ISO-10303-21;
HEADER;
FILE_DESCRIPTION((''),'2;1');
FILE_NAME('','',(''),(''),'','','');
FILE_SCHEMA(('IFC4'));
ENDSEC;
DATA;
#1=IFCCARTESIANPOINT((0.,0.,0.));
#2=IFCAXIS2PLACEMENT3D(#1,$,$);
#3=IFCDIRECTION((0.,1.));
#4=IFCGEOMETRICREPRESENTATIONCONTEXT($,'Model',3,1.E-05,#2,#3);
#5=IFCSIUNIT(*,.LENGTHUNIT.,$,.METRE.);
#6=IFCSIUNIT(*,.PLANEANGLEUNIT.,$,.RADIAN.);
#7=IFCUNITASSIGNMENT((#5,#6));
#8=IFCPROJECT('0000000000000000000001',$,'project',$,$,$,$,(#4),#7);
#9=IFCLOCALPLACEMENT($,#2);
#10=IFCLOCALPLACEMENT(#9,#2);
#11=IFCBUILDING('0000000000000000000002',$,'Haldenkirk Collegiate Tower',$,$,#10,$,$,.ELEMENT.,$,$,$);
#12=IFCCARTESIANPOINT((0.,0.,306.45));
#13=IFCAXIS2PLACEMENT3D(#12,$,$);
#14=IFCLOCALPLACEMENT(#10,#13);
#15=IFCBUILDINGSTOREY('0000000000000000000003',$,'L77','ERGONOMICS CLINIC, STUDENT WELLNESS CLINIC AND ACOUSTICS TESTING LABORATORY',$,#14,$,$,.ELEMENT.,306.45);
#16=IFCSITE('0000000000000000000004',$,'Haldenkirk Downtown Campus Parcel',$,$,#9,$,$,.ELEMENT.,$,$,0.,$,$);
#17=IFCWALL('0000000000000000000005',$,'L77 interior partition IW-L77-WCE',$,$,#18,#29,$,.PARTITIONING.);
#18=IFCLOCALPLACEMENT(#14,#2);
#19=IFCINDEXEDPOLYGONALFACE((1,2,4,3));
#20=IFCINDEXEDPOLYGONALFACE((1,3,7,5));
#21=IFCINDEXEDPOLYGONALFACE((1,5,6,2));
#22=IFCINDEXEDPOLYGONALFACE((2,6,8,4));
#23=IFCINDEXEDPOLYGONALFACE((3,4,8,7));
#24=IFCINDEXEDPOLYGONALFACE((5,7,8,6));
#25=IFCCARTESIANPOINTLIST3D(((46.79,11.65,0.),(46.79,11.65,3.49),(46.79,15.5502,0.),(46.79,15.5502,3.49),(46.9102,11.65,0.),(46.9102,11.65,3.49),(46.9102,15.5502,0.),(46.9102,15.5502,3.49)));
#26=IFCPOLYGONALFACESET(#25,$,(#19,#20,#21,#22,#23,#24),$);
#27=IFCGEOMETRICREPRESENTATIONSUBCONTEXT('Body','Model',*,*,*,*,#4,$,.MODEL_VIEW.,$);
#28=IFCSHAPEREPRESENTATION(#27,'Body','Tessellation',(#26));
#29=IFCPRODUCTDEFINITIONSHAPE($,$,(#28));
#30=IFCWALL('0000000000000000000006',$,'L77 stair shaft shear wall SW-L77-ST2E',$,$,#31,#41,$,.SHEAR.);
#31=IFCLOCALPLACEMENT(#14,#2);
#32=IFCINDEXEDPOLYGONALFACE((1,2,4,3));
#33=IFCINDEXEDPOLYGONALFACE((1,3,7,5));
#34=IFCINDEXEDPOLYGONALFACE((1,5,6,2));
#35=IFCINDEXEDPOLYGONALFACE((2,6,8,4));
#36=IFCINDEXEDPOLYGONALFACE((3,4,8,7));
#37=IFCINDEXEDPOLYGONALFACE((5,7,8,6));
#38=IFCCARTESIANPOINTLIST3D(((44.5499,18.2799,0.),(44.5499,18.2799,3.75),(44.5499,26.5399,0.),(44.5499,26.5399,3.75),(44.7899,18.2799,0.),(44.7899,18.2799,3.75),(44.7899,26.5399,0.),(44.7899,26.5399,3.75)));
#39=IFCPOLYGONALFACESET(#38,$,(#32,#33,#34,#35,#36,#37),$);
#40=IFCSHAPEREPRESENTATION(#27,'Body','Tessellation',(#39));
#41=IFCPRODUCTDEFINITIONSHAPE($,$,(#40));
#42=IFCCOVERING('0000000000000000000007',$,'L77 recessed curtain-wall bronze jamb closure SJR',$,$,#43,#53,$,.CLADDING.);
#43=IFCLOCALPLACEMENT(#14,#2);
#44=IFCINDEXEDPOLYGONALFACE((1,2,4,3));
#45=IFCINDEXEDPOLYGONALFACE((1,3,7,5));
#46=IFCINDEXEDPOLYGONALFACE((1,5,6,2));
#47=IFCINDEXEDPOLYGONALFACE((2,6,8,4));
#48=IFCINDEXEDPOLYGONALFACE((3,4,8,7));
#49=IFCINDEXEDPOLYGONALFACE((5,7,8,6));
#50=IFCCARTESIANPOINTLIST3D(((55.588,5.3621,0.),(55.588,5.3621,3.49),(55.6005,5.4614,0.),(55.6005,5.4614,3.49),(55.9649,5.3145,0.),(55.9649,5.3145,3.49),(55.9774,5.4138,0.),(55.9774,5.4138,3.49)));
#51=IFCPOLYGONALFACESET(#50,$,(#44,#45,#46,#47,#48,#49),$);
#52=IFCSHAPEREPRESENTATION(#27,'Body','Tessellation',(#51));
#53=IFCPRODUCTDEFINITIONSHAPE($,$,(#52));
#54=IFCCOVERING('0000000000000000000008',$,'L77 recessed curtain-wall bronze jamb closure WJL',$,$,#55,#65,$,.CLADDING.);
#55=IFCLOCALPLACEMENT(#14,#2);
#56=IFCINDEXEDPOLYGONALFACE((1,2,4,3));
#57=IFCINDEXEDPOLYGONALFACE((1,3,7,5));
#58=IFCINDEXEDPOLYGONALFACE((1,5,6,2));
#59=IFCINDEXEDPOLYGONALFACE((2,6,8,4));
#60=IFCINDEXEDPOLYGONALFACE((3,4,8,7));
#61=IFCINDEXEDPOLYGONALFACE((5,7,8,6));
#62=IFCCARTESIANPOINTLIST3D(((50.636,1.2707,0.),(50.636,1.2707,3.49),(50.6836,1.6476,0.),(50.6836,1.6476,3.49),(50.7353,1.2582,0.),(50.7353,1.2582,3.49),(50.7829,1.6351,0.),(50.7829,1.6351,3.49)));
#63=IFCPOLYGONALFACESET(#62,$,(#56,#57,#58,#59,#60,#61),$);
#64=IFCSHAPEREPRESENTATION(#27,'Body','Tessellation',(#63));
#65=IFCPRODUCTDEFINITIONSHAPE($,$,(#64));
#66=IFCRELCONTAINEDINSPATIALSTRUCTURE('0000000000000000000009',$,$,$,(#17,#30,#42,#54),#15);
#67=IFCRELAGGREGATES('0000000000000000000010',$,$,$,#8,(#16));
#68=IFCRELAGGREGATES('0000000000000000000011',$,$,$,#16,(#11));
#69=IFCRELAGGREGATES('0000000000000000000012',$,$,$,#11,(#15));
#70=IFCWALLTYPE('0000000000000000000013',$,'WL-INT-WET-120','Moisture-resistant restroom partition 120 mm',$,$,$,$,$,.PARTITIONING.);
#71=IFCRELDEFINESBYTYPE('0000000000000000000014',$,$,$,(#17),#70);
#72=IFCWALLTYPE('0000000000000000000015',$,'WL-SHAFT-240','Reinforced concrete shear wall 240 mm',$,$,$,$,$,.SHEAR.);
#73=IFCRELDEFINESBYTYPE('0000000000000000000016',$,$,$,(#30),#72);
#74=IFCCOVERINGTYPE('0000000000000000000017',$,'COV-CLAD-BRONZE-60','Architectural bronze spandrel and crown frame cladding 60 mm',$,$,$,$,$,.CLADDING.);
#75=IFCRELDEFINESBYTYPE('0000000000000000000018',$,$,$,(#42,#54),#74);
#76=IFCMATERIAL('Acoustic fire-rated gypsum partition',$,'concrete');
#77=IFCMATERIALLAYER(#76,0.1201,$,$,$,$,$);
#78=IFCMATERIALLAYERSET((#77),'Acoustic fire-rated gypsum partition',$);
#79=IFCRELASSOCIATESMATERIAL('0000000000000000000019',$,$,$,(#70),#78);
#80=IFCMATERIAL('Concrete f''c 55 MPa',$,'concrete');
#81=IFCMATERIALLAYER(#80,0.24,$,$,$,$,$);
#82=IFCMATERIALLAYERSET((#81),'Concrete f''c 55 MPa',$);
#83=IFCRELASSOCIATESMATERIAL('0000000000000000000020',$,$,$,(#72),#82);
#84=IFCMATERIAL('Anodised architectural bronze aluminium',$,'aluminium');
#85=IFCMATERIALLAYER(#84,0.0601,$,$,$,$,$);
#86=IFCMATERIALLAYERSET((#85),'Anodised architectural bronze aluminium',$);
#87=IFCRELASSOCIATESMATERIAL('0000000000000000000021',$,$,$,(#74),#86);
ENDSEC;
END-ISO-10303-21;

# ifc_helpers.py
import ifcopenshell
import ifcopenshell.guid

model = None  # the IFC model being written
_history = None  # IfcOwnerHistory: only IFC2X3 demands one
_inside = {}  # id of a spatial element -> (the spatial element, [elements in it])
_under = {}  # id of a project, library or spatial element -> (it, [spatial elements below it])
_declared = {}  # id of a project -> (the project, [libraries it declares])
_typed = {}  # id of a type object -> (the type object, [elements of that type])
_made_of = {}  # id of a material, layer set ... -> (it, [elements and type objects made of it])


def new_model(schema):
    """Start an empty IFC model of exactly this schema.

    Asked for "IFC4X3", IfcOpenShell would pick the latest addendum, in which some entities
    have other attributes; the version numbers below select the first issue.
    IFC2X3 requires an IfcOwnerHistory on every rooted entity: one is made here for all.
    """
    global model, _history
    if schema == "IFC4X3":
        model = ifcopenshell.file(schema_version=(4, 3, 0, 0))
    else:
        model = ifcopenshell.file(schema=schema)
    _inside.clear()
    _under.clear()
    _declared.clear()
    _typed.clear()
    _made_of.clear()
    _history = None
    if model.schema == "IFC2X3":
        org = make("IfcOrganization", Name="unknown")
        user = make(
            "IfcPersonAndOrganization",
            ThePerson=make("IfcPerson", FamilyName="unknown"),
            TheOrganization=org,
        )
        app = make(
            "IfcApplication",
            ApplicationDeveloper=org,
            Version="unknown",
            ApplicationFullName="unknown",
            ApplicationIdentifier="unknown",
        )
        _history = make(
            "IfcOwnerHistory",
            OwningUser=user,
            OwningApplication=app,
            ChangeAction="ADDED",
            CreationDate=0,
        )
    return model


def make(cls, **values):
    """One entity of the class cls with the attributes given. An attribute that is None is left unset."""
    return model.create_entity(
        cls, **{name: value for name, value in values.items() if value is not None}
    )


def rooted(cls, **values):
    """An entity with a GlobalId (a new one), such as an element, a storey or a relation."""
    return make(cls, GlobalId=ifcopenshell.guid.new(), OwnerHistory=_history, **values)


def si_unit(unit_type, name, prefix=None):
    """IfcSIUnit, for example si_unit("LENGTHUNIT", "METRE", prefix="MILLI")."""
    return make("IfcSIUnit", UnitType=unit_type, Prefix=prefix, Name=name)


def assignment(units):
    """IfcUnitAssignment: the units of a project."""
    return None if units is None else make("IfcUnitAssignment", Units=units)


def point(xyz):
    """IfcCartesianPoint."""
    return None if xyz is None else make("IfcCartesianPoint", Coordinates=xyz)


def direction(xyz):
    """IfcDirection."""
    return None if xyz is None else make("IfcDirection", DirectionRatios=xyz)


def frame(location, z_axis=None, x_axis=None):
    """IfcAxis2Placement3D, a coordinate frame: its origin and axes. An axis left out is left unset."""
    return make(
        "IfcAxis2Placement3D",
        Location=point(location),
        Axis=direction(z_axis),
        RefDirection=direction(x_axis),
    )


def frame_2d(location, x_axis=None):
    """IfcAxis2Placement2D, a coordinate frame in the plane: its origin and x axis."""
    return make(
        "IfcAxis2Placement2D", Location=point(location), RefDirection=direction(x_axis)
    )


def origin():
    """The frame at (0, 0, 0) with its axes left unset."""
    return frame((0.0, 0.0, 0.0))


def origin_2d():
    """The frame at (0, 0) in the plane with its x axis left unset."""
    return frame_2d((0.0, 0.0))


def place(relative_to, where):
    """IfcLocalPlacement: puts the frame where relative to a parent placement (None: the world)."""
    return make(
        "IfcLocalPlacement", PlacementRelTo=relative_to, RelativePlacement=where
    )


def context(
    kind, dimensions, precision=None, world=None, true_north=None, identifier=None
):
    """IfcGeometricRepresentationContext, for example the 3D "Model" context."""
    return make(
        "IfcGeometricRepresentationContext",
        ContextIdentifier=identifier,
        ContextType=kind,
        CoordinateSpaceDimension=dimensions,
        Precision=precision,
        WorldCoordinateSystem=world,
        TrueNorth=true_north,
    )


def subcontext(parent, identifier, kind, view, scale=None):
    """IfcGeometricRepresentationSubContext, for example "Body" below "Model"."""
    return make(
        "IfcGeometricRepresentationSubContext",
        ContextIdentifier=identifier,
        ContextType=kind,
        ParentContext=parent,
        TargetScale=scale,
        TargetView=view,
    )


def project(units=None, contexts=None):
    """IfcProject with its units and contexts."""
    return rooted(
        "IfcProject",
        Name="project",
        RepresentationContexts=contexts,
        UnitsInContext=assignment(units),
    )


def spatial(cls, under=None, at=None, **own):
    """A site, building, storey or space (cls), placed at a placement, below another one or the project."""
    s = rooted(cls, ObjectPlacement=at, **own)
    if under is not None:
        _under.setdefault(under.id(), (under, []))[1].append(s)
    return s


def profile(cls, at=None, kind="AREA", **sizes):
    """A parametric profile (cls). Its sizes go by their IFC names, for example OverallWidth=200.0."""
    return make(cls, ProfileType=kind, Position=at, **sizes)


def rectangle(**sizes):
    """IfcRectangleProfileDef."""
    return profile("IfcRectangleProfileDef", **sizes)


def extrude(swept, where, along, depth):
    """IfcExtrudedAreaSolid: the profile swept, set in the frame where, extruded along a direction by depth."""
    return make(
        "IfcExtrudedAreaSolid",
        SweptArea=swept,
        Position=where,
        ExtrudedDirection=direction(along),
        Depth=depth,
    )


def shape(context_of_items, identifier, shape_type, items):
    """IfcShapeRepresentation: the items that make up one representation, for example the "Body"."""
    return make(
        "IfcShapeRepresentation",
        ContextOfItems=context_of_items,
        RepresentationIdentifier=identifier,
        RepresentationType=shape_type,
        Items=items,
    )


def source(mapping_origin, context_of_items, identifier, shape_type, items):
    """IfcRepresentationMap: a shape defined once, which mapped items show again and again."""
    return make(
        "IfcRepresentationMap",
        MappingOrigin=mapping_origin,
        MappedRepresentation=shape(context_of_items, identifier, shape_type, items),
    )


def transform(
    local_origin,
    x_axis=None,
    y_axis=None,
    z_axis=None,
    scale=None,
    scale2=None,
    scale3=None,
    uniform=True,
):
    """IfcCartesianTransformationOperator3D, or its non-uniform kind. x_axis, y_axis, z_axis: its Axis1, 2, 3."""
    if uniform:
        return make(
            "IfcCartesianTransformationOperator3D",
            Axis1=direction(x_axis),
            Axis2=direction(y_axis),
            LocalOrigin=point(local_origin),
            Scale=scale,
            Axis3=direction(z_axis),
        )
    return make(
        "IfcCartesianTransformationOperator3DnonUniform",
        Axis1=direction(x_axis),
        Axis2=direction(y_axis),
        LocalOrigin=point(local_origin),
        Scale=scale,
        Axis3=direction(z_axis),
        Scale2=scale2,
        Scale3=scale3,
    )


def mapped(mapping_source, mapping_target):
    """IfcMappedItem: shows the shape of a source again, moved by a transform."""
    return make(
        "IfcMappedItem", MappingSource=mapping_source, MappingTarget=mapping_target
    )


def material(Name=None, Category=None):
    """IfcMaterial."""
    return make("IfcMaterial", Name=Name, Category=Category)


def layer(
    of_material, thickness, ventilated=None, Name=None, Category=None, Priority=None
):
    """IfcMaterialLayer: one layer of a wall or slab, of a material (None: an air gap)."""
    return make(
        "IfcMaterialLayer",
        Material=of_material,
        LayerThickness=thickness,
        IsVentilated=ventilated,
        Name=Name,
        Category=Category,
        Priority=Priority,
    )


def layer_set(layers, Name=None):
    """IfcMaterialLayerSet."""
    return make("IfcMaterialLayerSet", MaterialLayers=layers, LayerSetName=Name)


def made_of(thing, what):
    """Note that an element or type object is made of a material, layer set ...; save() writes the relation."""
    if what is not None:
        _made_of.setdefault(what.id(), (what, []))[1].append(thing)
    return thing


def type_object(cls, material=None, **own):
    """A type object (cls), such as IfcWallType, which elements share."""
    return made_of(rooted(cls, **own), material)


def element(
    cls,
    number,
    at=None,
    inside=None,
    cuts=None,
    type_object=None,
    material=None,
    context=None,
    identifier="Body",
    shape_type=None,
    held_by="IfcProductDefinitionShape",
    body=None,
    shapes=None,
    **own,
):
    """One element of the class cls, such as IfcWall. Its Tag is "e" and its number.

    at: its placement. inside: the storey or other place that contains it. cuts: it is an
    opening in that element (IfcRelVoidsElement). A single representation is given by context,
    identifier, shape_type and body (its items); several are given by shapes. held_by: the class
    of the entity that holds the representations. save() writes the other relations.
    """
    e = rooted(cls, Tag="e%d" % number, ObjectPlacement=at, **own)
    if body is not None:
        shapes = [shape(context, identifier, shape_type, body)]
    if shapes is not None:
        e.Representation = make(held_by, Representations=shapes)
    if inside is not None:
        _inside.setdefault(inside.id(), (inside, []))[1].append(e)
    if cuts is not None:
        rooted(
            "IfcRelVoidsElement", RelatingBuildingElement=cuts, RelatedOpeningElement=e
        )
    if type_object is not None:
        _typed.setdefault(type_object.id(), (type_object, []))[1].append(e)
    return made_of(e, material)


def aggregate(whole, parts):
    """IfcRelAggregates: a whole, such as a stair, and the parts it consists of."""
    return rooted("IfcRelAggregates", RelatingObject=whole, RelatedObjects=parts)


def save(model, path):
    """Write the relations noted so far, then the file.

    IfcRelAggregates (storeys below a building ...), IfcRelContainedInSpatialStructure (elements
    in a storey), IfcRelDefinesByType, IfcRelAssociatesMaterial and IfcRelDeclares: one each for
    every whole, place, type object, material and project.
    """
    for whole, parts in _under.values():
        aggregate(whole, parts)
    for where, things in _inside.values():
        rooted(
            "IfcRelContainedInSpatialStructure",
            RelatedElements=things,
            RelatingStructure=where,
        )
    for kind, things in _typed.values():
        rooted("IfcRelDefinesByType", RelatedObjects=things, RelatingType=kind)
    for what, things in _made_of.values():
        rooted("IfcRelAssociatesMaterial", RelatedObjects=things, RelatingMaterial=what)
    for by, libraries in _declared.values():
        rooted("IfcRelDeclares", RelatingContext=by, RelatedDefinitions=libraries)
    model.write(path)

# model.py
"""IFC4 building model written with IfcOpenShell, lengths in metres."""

from ifc_helpers import new_model, si_unit, direction, frame, frame_2d, origin, origin_2d, place, context, subcontext, project, spatial, rectangle, extrude, source, transform, mapped, material, layer, layer_set, type_object, element, save


model = new_model("IFC4")

# Units and contexts
model_context = context("Model", 3, precision=1e-05, world=origin(), true_north=direction((0.0, 1.0)))
body_context = subcontext(model_context, "Body", "Model", "MODEL_VIEW")
ifc_project = project(units=[si_unit("LENGTHUNIT", "METRE"), si_unit("PLANEANGLEUNIT", "RADIAN")], contexts=[model_context])

# Site, building, storey
site_placement = place(None, origin())
site = spatial("IfcSite", under=ifc_project, at=site_placement, Name="Haldenkirk Downtown Campus Parcel", CompositionType="ELEMENT", RefElevation=0.0)
building_placement = place(site_placement, origin())
building = spatial("IfcBuilding", under=site, at=building_placement, Name="Haldenkirk Collegiate Tower", CompositionType="ELEMENT")
storey_placement = place(building_placement, frame((0.0, 0.0, 306.45)))
storey = spatial("IfcBuildingStorey", under=building, at=storey_placement, Name="L77", Description="ERGONOMICS CLINIC, STUDENT WELLNESS CLINIC AND ACOUSTICS TESTING LABORATORY", CompositionType="ELEMENT", Elevation=306.45)

# Shared definitions
ifc_material_1 = material(Name="Anodised architectural bronze aluminium", Category="aluminium")

# Shared definitions
ifc_material_2 = material(Name="Concrete f'c 55 MPa", Category="concrete")

# Walls
ifc_material_3 = material(Name="Acoustic fire-rated gypsum partition", Category="concrete")
ifc_layer_1 = layer(ifc_material_3, 0.1201)
ifc_layer_set_1 = layer_set([ifc_layer_1], Name="Acoustic fire-rated gypsum partition")
wall_type_1 = type_object("IfcWallType", Name="WL-INT-WET-120", Description="Moisture-resistant restroom partition 120 mm", PredefinedType="PARTITIONING", material=ifc_layer_set_1)
wall_1_placement = place(storey_placement, frame((46.8501, 11.6499, 0.0), z_axis=(0.0, 0.0, 1.0), x_axis=(0.0, 1.0, 0.0)))
element("IfcWall", 1, at=wall_1_placement, inside=storey, type_object=wall_type_1, Name="L77 interior partition IW-L77-WCE", PredefinedType="PARTITIONING", context=body_context, shape_type="SweptSolid", body=[
    extrude(rectangle(XDim=3.9001, YDim=0.1201, at=frame_2d((1.9502, 0.0))), origin(), (0.0, 0.0, 1.0), 3.49),
])
ifc_layer_2 = layer(ifc_material_2, 0.24)
ifc_layer_set_2 = layer_set([ifc_layer_2], Name="Concrete f'c 55 MPa")
wall_type_2 = type_object("IfcWallType", Name="WL-SHAFT-240", Description="Reinforced concrete shear wall 240 mm", PredefinedType="SHEAR", material=ifc_layer_set_2)
wall_2_placement = place(storey_placement, frame((44.6699, 18.28, 0.0), z_axis=(0.0, 0.0, 1.0), x_axis=(0.0, 1.0, 0.0)))
element("IfcWall", 2, at=wall_2_placement, inside=storey, type_object=wall_type_2, Name="L77 stair shaft shear wall SW-L77-ST2E", PredefinedType="SHEAR", context=body_context, shape_type="SweptSolid", body=[
    extrude(rectangle(XDim=8.26, YDim=0.24, at=frame_2d((4.1299, 0.0))), origin(), (0.0, 0.0, 1.0), 3.75),
])

# Coverings
ifc_layer_3 = layer(ifc_material_1, 0.0601)
ifc_layer_set_3 = layer_set([ifc_layer_3], Name="Anodised architectural bronze aluminium")
covering_type = type_object("IfcCoveringType", Name="COV-CLAD-BRONZE-60", Description="Architectural bronze spandrel and crown frame cladding 60 mm", PredefinedType="CLADDING", material=ifc_layer_set_3)
shared_shape_1 = source(origin(), body_context, "Body", "SweptSolid", [
    extrude(rectangle(XDim=0.1001, YDim=0.3799, at=origin_2d()), origin(), (0.0, 0.0, 1.0), 3.49),
])
for number, where, z_axis, x_axis, name in (
    (3, (55.7827, 5.3879, 0.0), (0.0, 0.0, 1.0), (-0.125333, -0.992115, 0.0), "L77 recessed curtain-wall bronze jamb closure SJR"),
    (4, (50.7095, 1.4529, 0.0), (0.0, 0.0, 1.0), (-0.992115, 0.125333, 0.0), "L77 recessed curtain-wall bronze jamb closure WJL"),
):
    element("IfcCovering", number, at=place(storey_placement, frame(where, z_axis=z_axis, x_axis=x_axis)), inside=storey, type_object=covering_type, Name=name, PredefinedType="CLADDING", context=body_context, shape_type="MappedRepresentation", body=[
        mapped(shared_shape_1, transform((0.0, 0.0, 0.0), x_axis=(1.0, 0.0, 0.0), y_axis=(0.0, 1.0, 0.0), z_axis=(0.0, 0.0, 1.0), scale=1.0)),
    ])

save(model, "model.ifc")
